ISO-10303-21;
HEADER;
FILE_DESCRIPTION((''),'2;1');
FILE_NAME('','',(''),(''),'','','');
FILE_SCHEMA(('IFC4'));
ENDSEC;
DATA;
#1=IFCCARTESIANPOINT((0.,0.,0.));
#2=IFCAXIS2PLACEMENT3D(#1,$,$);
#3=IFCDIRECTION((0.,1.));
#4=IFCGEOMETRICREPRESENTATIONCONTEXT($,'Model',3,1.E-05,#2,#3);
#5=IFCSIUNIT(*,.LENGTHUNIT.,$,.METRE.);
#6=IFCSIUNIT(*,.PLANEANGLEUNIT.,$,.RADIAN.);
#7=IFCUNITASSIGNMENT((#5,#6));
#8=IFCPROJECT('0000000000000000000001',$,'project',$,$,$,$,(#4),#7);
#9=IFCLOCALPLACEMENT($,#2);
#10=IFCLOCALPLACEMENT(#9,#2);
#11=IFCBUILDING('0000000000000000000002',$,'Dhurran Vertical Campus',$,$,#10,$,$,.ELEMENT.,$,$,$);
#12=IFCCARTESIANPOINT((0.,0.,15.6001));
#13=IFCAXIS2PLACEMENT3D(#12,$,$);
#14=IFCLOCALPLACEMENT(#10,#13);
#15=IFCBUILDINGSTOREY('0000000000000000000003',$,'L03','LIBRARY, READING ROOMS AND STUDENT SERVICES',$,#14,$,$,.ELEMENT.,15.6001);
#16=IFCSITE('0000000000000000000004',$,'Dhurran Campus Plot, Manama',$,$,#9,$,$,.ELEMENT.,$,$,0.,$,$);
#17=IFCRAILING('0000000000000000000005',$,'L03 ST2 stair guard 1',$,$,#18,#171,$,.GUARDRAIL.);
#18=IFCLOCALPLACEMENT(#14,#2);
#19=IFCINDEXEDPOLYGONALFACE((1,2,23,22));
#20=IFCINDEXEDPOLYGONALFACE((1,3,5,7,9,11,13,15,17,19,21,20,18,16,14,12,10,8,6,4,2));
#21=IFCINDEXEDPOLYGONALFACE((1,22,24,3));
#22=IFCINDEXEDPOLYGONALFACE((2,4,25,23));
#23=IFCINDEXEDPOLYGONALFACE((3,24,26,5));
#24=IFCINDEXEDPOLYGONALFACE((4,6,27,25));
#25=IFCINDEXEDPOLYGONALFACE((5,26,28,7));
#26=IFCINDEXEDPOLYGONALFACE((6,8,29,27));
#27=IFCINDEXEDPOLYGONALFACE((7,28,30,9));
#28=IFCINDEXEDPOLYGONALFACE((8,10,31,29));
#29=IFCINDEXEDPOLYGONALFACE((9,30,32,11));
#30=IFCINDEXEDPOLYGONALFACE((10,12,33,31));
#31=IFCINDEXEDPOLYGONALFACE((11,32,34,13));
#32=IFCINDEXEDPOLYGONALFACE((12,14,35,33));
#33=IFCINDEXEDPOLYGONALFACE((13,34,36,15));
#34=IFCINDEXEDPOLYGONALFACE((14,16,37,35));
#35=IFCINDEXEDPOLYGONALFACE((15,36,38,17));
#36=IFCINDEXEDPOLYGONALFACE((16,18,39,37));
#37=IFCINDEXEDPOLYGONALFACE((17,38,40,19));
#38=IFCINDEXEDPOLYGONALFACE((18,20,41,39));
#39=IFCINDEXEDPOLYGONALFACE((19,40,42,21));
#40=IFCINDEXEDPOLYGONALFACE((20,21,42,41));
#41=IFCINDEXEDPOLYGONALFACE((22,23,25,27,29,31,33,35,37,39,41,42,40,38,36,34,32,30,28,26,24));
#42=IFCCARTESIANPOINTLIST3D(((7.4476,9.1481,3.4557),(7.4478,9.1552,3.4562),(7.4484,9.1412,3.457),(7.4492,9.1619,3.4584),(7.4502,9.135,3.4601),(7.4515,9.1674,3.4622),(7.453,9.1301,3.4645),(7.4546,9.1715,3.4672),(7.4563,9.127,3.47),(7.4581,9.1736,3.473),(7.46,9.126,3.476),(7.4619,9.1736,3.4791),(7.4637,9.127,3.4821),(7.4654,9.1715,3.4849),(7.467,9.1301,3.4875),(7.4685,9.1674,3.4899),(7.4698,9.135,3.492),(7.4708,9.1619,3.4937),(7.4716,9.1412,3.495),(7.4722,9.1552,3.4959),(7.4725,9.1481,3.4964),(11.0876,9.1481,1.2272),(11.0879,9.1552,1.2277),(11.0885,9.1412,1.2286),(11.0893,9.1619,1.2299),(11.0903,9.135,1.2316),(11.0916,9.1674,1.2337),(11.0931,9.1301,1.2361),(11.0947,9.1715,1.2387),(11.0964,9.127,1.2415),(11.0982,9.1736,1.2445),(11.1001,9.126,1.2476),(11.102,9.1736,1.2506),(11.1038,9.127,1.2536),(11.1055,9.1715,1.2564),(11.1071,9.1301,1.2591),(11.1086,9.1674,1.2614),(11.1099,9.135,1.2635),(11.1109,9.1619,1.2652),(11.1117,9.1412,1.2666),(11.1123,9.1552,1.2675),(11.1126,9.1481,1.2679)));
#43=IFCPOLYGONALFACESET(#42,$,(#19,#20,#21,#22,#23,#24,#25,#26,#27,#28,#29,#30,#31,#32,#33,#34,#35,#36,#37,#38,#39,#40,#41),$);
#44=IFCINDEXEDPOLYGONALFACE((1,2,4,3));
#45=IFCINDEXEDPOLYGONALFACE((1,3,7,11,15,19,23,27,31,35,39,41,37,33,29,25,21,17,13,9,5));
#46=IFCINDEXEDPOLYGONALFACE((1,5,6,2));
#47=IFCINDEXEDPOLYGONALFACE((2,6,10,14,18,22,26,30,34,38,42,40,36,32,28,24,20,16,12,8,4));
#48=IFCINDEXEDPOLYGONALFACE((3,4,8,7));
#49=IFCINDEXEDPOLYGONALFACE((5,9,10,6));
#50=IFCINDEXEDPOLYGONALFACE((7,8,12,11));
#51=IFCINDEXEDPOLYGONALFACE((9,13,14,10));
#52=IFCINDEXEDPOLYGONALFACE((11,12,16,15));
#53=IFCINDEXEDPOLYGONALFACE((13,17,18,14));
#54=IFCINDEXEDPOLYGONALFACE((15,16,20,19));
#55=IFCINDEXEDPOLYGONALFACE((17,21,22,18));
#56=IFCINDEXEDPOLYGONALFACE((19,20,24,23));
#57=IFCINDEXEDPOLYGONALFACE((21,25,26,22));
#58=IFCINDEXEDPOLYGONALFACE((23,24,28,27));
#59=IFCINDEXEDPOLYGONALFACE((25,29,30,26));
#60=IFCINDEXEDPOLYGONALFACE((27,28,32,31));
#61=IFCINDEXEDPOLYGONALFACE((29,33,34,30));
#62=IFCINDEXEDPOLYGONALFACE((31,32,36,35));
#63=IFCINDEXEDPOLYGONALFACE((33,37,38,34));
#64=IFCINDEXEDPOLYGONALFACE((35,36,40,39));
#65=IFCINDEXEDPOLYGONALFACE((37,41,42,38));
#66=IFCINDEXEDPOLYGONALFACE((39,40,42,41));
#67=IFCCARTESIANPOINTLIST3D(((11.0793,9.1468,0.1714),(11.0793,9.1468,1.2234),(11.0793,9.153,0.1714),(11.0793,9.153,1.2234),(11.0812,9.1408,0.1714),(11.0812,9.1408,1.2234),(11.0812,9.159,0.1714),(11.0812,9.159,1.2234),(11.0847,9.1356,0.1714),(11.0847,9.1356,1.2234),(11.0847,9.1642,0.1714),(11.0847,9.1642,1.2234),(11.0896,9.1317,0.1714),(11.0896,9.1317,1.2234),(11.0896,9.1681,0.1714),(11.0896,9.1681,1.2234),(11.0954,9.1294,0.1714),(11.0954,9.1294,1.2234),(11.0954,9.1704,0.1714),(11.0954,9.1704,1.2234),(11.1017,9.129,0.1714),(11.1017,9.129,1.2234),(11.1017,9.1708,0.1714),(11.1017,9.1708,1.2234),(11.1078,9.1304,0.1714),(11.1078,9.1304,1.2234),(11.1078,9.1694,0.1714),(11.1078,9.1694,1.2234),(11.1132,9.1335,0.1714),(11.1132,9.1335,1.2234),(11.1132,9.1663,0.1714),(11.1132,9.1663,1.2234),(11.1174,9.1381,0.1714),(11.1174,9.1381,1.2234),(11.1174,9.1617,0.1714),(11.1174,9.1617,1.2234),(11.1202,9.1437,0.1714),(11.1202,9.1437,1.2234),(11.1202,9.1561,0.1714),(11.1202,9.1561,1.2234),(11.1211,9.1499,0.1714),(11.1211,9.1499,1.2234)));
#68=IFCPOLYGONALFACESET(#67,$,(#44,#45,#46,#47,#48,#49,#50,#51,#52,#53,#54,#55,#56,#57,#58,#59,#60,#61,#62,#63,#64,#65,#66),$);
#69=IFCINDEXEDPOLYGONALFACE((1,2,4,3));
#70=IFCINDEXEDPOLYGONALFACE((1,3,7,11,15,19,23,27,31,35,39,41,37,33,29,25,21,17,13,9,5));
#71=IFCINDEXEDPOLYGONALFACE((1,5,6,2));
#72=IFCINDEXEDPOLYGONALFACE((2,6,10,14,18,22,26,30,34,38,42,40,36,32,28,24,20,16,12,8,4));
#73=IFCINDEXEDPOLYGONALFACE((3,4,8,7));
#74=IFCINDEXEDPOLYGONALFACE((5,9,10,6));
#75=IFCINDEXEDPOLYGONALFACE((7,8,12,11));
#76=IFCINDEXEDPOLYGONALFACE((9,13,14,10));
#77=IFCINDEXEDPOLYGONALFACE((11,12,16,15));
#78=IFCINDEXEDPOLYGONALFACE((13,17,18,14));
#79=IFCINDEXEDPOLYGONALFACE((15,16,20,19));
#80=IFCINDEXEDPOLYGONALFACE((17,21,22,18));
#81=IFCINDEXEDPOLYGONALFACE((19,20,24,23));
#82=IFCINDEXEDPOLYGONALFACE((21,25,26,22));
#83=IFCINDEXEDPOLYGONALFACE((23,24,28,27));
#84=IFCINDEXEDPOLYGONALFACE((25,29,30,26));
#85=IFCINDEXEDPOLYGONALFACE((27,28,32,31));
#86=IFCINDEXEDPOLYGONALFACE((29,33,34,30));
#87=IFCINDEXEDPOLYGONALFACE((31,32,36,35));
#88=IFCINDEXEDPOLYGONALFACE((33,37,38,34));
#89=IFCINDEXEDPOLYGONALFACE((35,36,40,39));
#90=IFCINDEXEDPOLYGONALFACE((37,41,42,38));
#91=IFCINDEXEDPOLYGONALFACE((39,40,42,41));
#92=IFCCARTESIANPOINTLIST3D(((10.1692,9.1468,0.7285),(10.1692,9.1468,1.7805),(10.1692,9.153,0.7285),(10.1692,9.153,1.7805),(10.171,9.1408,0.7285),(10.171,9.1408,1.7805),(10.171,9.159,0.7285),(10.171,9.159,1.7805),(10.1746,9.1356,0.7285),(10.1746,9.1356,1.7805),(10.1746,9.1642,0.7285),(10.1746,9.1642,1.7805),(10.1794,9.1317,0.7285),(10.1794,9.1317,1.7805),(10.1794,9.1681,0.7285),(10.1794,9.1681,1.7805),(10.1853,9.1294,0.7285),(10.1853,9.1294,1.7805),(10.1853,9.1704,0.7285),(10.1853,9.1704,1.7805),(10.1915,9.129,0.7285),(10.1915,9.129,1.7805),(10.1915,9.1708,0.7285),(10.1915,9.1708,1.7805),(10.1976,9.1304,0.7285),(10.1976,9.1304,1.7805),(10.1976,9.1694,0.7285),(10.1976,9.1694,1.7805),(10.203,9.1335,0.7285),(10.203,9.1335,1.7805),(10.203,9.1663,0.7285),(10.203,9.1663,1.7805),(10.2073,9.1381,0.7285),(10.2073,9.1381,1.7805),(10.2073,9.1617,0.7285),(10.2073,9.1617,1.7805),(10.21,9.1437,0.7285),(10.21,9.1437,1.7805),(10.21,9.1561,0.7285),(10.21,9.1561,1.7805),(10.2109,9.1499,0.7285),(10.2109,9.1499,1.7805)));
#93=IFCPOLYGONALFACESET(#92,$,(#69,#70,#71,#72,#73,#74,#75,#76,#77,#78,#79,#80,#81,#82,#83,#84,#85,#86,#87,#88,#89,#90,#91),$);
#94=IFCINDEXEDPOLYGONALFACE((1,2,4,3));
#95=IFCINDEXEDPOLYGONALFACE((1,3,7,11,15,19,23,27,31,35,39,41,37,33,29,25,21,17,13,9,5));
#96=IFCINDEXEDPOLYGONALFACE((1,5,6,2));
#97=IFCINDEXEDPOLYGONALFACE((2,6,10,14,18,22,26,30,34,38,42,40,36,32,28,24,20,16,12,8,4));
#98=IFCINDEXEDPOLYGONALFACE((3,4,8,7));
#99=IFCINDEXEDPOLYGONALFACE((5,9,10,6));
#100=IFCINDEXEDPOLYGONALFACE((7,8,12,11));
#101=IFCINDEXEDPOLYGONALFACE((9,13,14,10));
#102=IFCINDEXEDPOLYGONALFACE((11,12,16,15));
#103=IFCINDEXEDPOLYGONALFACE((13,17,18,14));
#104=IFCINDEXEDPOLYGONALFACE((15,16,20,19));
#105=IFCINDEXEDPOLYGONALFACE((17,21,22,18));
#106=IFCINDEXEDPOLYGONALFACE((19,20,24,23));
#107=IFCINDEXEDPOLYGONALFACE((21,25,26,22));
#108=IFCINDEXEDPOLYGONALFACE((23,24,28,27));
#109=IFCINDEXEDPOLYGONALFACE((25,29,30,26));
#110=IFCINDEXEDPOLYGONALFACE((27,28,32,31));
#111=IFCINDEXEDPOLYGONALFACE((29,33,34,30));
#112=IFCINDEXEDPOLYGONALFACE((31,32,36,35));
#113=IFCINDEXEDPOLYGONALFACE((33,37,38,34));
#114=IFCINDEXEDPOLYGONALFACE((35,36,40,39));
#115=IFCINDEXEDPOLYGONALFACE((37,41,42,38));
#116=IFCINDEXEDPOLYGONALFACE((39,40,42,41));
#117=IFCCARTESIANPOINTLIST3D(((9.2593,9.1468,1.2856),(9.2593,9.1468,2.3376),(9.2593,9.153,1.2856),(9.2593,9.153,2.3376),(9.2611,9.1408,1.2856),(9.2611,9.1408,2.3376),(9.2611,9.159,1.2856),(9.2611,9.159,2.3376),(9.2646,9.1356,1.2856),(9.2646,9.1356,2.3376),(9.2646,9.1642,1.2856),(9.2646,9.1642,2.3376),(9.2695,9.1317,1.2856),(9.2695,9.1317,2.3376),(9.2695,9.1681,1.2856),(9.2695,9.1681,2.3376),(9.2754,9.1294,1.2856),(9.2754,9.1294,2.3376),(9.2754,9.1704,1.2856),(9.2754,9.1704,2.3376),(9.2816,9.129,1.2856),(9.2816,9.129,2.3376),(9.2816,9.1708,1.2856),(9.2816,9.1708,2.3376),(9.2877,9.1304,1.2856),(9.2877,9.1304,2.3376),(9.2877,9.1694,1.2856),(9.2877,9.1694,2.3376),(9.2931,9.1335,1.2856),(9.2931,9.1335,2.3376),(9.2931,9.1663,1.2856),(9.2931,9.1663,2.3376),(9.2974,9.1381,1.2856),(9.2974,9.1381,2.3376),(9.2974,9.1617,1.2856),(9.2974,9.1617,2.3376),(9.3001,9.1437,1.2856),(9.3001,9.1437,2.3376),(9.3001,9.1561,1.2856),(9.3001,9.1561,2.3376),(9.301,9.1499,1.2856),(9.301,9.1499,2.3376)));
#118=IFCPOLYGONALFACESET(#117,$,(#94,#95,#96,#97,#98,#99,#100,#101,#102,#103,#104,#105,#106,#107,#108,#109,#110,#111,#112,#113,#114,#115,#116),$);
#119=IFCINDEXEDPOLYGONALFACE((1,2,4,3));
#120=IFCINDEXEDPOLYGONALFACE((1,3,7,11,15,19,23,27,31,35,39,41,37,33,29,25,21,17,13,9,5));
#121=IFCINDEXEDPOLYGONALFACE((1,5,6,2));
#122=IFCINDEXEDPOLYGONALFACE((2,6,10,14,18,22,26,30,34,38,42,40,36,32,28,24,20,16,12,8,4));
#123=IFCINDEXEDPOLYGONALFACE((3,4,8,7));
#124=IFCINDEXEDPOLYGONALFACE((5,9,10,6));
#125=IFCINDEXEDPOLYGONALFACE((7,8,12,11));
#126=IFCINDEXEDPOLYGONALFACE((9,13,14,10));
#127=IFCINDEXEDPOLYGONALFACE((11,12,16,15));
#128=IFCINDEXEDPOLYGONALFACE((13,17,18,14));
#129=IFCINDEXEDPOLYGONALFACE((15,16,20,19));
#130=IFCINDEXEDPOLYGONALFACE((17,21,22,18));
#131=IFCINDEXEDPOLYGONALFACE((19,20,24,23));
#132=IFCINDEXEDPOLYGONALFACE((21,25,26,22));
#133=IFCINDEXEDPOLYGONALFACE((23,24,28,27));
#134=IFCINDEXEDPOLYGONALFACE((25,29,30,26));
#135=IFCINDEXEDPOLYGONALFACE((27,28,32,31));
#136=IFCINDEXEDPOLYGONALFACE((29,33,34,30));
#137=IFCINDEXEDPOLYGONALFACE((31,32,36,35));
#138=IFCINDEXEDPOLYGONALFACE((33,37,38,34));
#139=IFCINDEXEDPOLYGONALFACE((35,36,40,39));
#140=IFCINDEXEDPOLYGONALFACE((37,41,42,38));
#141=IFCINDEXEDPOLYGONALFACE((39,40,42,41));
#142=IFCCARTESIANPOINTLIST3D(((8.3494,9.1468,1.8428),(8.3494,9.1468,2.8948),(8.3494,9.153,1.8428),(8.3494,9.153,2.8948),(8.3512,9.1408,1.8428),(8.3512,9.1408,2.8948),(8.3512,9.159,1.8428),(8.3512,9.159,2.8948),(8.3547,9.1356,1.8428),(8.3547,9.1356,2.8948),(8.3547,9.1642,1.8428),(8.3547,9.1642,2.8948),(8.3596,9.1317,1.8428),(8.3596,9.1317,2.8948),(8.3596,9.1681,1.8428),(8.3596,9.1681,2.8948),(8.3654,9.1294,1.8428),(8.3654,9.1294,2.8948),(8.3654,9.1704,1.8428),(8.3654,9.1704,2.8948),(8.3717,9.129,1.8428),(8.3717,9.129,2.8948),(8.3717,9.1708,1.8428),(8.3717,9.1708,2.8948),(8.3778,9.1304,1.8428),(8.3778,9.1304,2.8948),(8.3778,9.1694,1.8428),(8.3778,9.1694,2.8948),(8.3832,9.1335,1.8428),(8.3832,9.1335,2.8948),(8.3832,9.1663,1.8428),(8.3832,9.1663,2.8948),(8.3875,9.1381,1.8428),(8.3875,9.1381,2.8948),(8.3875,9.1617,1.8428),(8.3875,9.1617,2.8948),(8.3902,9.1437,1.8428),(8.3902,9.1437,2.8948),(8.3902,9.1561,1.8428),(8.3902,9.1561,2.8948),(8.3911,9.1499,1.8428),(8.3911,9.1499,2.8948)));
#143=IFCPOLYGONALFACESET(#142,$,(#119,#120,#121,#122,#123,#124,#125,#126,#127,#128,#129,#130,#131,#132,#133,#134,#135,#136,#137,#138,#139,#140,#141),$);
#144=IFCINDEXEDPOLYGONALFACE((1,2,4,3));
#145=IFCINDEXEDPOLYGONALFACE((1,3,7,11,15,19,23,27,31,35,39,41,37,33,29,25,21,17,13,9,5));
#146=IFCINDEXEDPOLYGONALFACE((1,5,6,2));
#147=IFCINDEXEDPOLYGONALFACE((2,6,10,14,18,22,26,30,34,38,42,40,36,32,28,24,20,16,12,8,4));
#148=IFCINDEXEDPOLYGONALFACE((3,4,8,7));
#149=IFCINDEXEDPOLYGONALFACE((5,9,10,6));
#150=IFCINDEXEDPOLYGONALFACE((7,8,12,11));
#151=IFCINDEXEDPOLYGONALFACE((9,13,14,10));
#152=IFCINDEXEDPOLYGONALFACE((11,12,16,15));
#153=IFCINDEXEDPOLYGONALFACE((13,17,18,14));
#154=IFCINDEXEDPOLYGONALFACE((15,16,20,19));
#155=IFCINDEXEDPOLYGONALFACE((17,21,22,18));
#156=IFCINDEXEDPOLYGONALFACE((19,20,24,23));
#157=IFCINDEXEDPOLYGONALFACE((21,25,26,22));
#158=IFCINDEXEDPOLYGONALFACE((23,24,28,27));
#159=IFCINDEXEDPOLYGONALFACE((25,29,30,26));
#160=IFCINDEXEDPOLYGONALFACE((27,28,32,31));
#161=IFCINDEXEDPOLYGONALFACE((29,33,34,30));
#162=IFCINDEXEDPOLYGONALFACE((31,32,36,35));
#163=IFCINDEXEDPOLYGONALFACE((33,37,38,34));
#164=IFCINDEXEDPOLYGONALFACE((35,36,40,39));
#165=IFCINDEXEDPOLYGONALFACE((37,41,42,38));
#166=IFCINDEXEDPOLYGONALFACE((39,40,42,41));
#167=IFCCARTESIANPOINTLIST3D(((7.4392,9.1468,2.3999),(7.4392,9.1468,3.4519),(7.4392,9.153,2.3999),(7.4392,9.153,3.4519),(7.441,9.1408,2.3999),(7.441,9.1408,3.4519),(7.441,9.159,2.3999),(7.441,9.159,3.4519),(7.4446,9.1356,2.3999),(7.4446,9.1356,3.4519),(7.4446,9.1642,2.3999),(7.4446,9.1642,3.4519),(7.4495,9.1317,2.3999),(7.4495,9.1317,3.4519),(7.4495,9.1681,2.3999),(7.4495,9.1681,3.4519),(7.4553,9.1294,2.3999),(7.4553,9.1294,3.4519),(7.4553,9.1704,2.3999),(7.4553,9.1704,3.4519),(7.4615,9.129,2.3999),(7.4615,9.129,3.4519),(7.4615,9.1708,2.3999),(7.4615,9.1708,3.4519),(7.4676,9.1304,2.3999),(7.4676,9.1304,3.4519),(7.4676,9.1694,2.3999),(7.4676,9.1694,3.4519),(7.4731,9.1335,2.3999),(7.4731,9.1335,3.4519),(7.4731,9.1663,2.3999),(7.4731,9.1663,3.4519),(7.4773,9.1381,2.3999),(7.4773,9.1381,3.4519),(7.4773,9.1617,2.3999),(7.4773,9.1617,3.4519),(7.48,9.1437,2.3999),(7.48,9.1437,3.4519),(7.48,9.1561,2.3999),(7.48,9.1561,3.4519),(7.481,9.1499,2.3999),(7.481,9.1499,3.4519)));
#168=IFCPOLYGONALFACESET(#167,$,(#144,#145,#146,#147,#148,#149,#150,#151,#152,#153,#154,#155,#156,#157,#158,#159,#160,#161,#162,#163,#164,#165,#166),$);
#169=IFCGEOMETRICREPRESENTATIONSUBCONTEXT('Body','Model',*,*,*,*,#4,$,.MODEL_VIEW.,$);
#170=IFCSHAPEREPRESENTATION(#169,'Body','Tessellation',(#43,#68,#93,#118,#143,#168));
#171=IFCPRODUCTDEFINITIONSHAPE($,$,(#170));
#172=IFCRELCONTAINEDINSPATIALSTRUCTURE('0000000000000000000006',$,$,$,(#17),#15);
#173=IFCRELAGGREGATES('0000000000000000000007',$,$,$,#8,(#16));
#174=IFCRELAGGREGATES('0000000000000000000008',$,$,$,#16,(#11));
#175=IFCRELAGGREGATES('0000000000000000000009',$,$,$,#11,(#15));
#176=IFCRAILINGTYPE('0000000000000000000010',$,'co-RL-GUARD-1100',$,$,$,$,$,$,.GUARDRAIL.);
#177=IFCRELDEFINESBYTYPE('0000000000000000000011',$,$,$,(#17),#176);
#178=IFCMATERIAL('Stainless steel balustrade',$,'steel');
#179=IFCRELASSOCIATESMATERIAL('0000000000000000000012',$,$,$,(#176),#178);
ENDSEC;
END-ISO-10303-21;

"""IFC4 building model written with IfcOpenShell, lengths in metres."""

from ifc_helpers import new_model, si_unit, direction, frame, origin, origin_2d, place, context, subcontext, project, spatial, circle, extrude, material, type_object, element, save


model = new_model("IFC4")

# Units and contexts
model_context = context("Model", 3, precision=1e-05, world=origin(), true_north=direction((0.0, 1.0)))
body_context = subcontext(model_context, "Body", "Model", "MODEL_VIEW")
ifc_project = project(units=[si_unit("LENGTHUNIT", "METRE"), si_unit("PLANEANGLEUNIT", "RADIAN")], contexts=[model_context])

# Site, building, storey
site_placement = place(None, origin())
site = spatial("IfcSite", under=ifc_project, at=site_placement, Name="Dhurran Campus Plot, Manama", CompositionType="ELEMENT", RefElevation=0.0)
building_placement = place(site_placement, origin())
building = spatial("IfcBuilding", under=site, at=building_placement, Name="Dhurran Vertical Campus", CompositionType="ELEMENT")
storey_placement = place(building_placement, frame((0.0, 0.0, 15.6001)))
storey = spatial("IfcBuildingStorey", under=building, at=storey_placement, Name="L03", Description="LIBRARY, READING ROOMS AND STUDENT SERVICES", CompositionType="ELEMENT", Elevation=15.6001)

# Railing
ifc_material_1 = material(Name="Stainless steel balustrade", Category="steel")
railing_type_1 = type_object("IfcRailingType", Name="co-RL-GUARD-1100", PredefinedType="GUARDRAIL", material=ifc_material_1)
railing_1_placement = place(storey_placement, frame((11.1001, 9.1499, 0.1714)))
element("IfcRailing", 1, at=railing_1_placement, inside=storey, type_object=railing_type_1, Name="L03 ST2 stair guard 1", PredefinedType="GUARDRAIL", context=body_context, shape_type="SweptSolid", body=[
    extrude(circle(Radius=0.0239, at=origin_2d()), frame((0.0, 0.0, 1.0762), z_axis=(-0.852866, 0.0, 0.52213), x_axis=(0.0, -1.0, 0.0)), (0.0, 0.0, 1.0), 4.2681),
    extrude(circle(Radius=0.021, at=origin_2d()), origin(), (0.0, 0.0, 1.0), 1.052),
    extrude(circle(Radius=0.021, at=origin_2d()), frame((-0.9102, 0.0, 0.5571)), (0.0, 0.0, 1.0), 1.052),
    extrude(circle(Radius=0.021, at=origin_2d()), frame((-1.8201, 0.0, 1.1143)), (0.0, 0.0, 1.0), 1.052),
    extrude(circle(Radius=0.021, at=origin_2d()), frame((-2.73, 0.0, 1.6714)), (0.0, 0.0, 1.0), 1.052),
    extrude(circle(Radius=0.021, at=origin_2d()), frame((-3.6401, 0.0, 2.2285)), (0.0, 0.0, 1.0), 1.052),
])

save(model, "model.ifc")
